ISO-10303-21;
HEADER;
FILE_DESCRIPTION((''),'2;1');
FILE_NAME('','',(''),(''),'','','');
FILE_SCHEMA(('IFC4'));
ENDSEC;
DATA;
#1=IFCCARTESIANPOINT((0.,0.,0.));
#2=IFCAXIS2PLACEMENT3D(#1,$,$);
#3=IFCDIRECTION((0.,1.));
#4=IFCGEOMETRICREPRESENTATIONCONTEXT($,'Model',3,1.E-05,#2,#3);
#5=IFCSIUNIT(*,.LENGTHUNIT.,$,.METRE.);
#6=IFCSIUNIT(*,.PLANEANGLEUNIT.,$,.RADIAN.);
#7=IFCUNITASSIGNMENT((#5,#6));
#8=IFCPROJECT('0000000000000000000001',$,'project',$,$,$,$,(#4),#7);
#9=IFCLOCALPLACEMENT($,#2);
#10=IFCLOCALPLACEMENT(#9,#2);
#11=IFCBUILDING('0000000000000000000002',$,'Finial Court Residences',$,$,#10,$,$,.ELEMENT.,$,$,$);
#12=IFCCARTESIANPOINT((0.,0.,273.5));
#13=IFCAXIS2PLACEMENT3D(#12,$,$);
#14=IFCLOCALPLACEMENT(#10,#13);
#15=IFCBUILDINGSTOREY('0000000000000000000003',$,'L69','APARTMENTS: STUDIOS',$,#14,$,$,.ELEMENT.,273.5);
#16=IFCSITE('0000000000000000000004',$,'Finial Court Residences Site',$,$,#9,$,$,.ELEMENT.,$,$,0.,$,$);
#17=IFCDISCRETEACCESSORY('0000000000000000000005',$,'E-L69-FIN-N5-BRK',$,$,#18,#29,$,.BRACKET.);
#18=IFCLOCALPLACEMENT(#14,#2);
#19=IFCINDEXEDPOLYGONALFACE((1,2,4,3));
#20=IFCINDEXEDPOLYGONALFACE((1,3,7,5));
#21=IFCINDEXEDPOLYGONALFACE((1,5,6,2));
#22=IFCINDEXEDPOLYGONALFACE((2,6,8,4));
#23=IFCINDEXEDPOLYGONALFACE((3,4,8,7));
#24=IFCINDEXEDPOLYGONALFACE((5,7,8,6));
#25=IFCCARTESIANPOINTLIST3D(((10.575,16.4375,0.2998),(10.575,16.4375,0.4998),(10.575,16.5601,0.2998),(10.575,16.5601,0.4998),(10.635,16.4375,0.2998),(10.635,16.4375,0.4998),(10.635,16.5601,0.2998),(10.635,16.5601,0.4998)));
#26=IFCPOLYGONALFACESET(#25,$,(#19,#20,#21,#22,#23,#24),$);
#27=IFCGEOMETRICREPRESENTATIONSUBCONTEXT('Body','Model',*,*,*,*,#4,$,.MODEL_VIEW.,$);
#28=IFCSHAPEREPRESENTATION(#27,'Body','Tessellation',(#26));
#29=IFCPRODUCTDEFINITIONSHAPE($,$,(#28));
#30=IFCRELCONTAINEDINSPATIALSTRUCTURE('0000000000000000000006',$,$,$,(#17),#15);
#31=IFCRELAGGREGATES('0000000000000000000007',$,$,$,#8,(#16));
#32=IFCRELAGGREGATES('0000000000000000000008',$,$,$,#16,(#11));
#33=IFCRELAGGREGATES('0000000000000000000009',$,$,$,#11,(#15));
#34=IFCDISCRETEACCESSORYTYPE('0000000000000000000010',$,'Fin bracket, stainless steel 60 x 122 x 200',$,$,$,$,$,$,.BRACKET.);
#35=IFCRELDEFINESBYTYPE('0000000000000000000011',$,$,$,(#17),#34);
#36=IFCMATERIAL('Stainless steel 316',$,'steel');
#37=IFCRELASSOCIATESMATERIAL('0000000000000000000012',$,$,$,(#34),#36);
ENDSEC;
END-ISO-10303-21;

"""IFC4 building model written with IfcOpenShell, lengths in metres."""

from ifc_helpers import new_model, si_unit, direction, frame, origin, origin_2d, place, context, subcontext, project, spatial, rectangle, extrude, material, type_object, element, save


model = new_model("IFC4")

# Units and contexts
model_context = context("Model", 3, precision=1e-05, world=origin(), true_north=direction((0.0, 1.0)))
body_context = subcontext(model_context, "Body", "Model", "MODEL_VIEW")
ifc_project = project(units=[si_unit("LENGTHUNIT", "METRE"), si_unit("PLANEANGLEUNIT", "RADIAN")], contexts=[model_context])

# Site, building, storey
site_placement = place(None, origin())
site = spatial("IfcSite", under=ifc_project, at=site_placement, Name="Finial Court Residences Site", CompositionType="ELEMENT", RefElevation=0.0)
building_placement = place(site_placement, origin())
building = spatial("IfcBuilding", under=site, at=building_placement, Name="Finial Court Residences", CompositionType="ELEMENT")
storey_placement = place(building_placement, frame((0.0, 0.0, 273.5)))
storey = spatial("IfcBuildingStorey", under=building, at=storey_placement, Name="L69", Description="APARTMENTS: STUDIOS", CompositionType="ELEMENT", Elevation=273.5)

# Discrete accessory
ifc_material_1 = material(Name="Stainless steel 316", Category="steel")
discrete_accessory_type = type_object("IfcDiscreteAccessoryType", Name="Fin bracket, stainless steel 60 x 122 x 200", PredefinedType="BRACKET", material=ifc_material_1)
discrete_accessory_placement = place(storey_placement, frame((10.605, 16.4988, 0.2998), z_axis=(0.0, 0.0, 1.0), x_axis=(1.0, 0.0, 0.0)))
element("IfcDiscreteAccessory", 1, at=discrete_accessory_placement, inside=storey, type_object=discrete_accessory_type, Name="E-L69-FIN-N5-BRK", PredefinedType="BRACKET", context=body_context, shape_type="SweptSolid", body=[
    extrude(rectangle(XDim=0.0601, YDim=0.1226, at=origin_2d()), origin(), (0.0, 0.0, 1.0), 0.2),
])

save(model, "model.ifc")
